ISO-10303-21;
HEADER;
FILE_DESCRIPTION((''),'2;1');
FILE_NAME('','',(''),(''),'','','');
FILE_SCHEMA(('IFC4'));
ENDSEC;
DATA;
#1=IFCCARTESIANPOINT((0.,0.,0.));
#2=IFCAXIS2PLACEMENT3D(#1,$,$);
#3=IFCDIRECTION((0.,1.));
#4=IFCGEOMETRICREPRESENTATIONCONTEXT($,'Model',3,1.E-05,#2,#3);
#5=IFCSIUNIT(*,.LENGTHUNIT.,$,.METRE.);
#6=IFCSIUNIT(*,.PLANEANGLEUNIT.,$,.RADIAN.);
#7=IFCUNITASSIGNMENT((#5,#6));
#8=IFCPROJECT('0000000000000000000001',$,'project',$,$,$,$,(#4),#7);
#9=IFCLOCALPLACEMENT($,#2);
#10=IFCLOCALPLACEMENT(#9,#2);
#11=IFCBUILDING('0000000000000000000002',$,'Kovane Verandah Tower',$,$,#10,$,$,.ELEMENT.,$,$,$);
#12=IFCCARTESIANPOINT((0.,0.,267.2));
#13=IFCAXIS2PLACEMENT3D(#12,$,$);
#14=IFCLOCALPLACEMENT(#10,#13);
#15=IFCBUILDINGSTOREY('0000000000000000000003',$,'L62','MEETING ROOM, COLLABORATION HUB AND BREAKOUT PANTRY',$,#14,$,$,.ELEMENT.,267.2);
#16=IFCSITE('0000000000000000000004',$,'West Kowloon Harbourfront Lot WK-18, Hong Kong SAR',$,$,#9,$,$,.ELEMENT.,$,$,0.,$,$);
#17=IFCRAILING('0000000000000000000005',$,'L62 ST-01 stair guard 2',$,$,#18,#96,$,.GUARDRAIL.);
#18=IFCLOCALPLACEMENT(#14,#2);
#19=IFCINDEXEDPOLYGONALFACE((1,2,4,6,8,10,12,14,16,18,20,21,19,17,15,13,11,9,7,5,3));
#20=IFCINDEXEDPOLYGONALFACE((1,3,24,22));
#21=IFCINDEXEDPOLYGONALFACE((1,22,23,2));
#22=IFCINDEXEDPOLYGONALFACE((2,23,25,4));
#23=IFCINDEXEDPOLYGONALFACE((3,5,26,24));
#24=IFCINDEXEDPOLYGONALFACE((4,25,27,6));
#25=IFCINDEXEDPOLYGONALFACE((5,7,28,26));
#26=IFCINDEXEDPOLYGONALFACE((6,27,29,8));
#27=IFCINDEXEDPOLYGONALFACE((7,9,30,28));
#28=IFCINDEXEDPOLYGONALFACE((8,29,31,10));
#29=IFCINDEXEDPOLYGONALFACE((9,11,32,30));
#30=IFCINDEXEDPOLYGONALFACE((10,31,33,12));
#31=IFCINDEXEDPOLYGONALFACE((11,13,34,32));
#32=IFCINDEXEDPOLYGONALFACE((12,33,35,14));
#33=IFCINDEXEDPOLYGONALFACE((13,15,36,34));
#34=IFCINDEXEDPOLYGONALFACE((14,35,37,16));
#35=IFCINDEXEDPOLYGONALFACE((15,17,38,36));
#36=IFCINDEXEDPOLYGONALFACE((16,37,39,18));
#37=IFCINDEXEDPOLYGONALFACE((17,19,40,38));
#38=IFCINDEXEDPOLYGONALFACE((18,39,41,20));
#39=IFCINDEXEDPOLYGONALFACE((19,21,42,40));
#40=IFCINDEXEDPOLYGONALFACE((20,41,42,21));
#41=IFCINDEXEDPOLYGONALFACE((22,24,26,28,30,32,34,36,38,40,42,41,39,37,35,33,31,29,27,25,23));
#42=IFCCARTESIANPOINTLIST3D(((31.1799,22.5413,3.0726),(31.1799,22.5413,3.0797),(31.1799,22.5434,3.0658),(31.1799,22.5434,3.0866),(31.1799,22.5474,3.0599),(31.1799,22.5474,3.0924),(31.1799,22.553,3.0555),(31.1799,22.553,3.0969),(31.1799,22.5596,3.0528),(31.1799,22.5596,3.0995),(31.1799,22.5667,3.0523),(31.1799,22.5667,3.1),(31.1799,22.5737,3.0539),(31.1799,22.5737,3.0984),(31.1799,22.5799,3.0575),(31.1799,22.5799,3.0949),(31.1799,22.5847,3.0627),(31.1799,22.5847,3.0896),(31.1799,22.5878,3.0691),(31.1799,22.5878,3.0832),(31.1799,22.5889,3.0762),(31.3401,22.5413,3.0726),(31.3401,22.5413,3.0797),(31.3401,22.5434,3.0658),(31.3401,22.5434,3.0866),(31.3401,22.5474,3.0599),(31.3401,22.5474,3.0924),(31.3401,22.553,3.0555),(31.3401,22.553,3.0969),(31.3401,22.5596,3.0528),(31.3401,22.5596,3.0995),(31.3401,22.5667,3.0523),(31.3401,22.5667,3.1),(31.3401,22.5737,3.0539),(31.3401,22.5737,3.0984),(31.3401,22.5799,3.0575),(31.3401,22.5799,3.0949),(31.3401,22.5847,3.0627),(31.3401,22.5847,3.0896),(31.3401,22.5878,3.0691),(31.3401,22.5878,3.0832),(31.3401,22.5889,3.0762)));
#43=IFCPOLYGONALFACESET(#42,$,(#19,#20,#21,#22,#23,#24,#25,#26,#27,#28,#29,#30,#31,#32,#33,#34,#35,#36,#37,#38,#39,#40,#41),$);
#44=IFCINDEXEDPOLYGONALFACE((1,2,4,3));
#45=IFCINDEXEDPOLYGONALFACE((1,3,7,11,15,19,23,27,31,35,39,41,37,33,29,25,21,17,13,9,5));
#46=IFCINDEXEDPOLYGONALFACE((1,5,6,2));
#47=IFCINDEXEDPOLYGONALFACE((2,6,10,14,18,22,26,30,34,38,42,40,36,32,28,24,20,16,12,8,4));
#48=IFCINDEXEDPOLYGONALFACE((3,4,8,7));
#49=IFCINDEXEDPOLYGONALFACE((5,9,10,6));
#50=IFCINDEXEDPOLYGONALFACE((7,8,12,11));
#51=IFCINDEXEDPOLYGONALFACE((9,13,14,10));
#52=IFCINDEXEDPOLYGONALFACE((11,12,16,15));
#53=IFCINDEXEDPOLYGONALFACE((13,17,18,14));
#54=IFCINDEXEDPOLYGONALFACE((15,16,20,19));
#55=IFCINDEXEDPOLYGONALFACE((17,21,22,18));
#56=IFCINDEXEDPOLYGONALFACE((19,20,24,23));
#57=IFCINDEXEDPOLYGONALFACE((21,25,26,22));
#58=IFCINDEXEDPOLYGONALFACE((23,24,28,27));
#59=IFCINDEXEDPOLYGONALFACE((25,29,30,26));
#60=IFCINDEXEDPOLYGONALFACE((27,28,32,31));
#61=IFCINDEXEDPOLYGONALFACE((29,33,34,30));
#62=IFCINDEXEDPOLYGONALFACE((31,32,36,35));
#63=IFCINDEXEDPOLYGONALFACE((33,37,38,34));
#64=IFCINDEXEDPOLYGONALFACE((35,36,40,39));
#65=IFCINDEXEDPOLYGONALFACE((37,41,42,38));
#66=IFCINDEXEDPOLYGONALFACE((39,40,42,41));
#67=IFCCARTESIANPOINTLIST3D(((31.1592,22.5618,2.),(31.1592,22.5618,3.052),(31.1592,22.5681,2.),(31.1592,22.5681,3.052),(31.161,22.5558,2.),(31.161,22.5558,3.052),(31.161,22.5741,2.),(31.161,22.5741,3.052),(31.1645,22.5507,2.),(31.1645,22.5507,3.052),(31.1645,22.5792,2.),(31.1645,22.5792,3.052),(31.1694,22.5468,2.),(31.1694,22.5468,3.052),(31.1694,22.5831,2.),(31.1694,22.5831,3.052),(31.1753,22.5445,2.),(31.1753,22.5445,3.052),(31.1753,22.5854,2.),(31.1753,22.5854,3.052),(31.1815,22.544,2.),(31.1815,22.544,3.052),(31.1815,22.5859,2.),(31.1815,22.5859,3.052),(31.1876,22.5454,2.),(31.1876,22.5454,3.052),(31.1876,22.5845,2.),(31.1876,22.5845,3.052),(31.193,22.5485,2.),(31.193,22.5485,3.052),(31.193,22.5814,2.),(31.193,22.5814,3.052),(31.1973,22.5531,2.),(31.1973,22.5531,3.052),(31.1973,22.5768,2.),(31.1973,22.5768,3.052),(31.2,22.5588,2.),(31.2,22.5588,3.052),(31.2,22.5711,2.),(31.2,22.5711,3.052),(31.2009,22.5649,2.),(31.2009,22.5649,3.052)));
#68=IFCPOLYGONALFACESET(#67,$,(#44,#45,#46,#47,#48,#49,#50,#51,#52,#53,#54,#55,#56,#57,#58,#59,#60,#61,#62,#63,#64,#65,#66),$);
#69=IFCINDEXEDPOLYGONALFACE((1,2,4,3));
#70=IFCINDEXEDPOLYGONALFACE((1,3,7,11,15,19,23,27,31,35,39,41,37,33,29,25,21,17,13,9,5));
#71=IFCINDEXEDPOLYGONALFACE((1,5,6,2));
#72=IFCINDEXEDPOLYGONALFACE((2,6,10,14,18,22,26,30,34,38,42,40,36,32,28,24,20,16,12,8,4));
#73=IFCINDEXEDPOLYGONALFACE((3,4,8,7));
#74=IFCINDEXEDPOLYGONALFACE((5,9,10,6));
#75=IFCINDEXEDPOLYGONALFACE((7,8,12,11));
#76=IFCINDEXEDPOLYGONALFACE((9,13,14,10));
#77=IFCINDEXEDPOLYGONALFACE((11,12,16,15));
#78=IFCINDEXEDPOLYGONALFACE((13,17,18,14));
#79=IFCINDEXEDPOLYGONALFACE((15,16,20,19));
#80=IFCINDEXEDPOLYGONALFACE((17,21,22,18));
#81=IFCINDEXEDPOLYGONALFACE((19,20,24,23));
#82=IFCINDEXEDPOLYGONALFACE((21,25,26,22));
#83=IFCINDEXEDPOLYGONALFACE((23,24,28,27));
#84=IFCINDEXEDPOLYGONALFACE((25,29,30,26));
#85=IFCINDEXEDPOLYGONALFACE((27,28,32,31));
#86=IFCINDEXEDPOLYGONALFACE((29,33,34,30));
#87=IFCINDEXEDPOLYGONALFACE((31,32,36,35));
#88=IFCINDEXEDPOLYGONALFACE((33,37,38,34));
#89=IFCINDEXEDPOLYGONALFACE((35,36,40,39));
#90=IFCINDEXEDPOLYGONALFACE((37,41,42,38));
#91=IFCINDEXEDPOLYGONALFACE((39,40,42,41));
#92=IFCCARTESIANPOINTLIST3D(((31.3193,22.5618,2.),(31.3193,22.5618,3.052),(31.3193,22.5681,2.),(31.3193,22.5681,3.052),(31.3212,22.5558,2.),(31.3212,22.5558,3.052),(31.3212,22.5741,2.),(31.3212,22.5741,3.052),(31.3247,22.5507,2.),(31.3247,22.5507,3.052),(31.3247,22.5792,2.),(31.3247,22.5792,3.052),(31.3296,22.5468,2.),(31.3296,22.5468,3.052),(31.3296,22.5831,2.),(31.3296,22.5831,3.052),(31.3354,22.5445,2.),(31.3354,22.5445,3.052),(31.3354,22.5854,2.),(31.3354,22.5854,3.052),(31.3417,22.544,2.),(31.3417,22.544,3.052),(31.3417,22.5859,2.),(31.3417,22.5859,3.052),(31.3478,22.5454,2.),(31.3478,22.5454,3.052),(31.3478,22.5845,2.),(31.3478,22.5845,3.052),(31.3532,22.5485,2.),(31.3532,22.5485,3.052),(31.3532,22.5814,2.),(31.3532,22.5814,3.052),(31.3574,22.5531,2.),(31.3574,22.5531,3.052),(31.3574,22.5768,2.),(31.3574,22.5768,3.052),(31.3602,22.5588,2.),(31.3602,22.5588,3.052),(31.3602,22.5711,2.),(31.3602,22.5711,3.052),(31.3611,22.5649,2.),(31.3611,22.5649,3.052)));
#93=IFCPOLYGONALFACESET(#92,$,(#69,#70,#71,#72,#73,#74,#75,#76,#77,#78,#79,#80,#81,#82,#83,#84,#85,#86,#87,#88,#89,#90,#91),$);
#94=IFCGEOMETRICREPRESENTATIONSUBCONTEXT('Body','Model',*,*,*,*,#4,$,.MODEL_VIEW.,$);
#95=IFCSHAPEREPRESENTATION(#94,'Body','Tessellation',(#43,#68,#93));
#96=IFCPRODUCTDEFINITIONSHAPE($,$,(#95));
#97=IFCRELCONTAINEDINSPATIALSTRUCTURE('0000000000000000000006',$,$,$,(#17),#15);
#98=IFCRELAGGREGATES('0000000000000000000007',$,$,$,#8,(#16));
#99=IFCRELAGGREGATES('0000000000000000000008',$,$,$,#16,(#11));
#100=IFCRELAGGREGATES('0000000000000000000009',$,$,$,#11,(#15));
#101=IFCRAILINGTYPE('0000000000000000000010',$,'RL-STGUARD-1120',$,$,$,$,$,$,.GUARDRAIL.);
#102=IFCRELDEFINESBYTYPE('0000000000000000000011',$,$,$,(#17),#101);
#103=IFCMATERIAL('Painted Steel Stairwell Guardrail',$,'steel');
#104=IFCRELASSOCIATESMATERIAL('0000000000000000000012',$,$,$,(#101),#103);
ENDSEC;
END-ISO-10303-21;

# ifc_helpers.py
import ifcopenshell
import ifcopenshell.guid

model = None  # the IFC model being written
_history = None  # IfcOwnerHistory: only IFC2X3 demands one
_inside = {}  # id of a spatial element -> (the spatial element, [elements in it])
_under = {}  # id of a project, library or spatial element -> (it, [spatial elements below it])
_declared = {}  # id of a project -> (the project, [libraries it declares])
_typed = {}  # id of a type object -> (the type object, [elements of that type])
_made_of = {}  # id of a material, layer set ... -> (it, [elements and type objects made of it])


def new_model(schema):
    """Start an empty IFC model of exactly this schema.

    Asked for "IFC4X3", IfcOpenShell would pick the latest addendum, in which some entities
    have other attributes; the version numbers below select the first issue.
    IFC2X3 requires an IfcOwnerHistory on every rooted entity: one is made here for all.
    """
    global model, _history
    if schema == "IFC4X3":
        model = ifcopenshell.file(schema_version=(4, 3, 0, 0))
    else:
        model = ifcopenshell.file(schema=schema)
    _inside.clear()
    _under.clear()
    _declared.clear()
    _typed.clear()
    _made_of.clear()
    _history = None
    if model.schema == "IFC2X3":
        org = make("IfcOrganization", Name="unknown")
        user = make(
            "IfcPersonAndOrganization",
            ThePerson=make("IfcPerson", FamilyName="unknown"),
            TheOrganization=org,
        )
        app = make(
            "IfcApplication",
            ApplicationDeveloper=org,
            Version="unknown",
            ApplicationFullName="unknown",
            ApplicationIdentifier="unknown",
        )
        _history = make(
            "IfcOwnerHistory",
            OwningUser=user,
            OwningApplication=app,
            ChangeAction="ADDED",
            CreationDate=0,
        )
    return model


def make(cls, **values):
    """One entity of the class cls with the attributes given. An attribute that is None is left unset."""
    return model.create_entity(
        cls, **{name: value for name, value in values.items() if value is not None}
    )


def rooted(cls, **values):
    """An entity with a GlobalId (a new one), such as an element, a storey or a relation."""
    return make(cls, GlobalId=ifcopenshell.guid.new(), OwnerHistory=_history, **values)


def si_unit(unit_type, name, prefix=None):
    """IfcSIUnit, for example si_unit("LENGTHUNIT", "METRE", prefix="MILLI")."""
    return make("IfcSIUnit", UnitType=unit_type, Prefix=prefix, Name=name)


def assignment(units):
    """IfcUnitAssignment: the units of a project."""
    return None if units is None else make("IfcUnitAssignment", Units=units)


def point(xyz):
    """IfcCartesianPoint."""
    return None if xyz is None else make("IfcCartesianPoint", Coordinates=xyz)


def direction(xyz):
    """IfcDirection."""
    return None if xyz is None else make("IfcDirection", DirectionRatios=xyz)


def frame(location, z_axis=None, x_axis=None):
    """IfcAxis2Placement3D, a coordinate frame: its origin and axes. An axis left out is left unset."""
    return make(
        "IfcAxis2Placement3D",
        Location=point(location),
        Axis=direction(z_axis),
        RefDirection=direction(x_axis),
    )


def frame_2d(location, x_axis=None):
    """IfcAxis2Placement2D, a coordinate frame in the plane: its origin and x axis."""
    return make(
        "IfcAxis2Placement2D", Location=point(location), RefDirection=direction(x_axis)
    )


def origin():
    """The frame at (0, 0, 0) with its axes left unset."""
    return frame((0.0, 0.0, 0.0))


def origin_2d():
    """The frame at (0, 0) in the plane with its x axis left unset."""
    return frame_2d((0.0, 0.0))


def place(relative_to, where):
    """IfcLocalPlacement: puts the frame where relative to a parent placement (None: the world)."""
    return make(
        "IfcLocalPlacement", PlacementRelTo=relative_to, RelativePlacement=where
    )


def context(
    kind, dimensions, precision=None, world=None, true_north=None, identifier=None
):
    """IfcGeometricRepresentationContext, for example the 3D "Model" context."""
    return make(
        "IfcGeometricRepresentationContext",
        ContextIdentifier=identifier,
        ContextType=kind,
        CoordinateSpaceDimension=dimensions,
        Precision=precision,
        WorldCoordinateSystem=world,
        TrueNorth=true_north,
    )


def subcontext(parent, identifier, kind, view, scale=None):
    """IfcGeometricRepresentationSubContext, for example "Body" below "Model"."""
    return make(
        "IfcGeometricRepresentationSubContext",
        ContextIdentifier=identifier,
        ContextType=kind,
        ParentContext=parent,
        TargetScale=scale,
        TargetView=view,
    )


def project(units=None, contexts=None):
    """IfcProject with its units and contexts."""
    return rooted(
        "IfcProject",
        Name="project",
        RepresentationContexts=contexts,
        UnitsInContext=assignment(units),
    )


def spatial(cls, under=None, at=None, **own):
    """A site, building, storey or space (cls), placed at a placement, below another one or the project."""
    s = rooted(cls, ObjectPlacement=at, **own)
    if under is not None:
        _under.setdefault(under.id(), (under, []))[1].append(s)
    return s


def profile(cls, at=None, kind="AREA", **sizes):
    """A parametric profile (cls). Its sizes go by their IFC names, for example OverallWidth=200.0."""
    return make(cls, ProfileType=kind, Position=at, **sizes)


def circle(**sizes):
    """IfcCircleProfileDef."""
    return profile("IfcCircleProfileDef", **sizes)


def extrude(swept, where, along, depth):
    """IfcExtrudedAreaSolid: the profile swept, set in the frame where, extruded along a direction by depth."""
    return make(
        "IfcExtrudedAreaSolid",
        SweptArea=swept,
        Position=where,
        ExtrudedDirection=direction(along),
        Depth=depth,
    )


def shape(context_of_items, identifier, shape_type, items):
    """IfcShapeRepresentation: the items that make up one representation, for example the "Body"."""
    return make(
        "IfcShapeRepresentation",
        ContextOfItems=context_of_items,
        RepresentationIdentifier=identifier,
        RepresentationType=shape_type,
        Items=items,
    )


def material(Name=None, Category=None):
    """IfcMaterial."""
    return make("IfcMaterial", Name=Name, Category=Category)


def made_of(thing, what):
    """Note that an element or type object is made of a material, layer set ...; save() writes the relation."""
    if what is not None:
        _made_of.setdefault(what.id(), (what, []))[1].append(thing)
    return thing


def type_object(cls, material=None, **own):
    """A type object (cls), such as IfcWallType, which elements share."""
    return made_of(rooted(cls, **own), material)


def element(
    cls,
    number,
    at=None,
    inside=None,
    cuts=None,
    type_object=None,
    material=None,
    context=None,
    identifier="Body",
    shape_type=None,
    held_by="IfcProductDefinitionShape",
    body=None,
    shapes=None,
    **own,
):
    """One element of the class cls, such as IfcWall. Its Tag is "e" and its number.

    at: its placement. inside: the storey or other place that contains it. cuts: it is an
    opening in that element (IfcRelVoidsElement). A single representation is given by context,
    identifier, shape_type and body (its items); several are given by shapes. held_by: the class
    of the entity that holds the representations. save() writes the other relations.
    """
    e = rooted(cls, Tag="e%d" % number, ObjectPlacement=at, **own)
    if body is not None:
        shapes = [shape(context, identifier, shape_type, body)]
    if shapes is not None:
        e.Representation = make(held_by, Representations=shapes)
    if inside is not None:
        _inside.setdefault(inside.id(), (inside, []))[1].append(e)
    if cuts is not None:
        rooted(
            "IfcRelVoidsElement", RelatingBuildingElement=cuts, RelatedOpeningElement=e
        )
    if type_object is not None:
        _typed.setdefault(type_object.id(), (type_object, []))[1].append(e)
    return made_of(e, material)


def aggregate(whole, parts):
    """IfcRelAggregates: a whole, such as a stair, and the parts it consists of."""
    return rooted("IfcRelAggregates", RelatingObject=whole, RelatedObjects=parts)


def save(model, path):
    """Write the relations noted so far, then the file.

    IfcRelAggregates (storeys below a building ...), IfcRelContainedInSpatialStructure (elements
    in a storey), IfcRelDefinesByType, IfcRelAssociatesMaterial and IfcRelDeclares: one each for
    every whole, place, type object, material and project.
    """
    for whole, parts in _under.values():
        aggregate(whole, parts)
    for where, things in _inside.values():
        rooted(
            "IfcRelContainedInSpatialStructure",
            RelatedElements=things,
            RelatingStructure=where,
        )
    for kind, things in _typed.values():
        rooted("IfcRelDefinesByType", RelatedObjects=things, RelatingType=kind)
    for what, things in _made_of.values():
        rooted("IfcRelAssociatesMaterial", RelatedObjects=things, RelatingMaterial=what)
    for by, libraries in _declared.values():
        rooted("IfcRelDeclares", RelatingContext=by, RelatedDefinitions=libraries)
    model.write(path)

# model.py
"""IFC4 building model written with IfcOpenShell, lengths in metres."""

from ifc_helpers import new_model, si_unit, direction, frame, origin, origin_2d, place, context, subcontext, project, spatial, circle, extrude, material, type_object, element, save


model = new_model("IFC4")

# Units and contexts
model_context = context("Model", 3, precision=1e-05, world=origin(), true_north=direction((0.0, 1.0)))
body_context = subcontext(model_context, "Body", "Model", "MODEL_VIEW")
ifc_project = project(units=[si_unit("LENGTHUNIT", "METRE"), si_unit("PLANEANGLEUNIT", "RADIAN")], contexts=[model_context])

# Site, building, storey
site_placement = place(None, origin())
site = spatial("IfcSite", under=ifc_project, at=site_placement, Name="West Kowloon Harbourfront Lot WK-18, Hong Kong SAR", CompositionType="ELEMENT", RefElevation=0.0)
building_placement = place(site_placement, origin())
building = spatial("IfcBuilding", under=site, at=building_placement, Name="Kovane Verandah Tower", CompositionType="ELEMENT")
storey_placement = place(building_placement, frame((0.0, 0.0, 267.2)))
storey = spatial("IfcBuildingStorey", under=building, at=storey_placement, Name="L62", Description="MEETING ROOM, COLLABORATION HUB AND BREAKOUT PANTRY", CompositionType="ELEMENT", Elevation=267.2)

# Railing
ifc_material_1 = material(Name="Painted Steel Stairwell Guardrail", Category="steel")
railing_type_1 = type_object("IfcRailingType", Name="RL-STGUARD-1120", PredefinedType="GUARDRAIL", material=ifc_material_1)
railing_1_placement = place(storey_placement, frame((31.1799, 22.5649, 2.0)))
element("IfcRailing", 1, at=railing_1_placement, inside=storey, type_object=railing_type_1, Name="L62 ST-01 stair guard 2", PredefinedType="GUARDRAIL", context=body_context, shape_type="SweptSolid", body=[
    extrude(circle(Radius=0.0239, at=origin_2d()), frame((0.0, 0.0, 1.0762), z_axis=(1.0, 0.0, 0.0), x_axis=(0.0, 1.0, 0.0)), (0.0, 0.0, 1.0), 0.1602),
    extrude(circle(Radius=0.021, at=origin_2d()), origin(), (0.0, 0.0, 1.0), 1.052),
    extrude(circle(Radius=0.021, at=origin_2d()), frame((0.1602, 0.0, 0.0)), (0.0, 0.0, 1.0), 1.052),
])

save(model, "model.ifc")
